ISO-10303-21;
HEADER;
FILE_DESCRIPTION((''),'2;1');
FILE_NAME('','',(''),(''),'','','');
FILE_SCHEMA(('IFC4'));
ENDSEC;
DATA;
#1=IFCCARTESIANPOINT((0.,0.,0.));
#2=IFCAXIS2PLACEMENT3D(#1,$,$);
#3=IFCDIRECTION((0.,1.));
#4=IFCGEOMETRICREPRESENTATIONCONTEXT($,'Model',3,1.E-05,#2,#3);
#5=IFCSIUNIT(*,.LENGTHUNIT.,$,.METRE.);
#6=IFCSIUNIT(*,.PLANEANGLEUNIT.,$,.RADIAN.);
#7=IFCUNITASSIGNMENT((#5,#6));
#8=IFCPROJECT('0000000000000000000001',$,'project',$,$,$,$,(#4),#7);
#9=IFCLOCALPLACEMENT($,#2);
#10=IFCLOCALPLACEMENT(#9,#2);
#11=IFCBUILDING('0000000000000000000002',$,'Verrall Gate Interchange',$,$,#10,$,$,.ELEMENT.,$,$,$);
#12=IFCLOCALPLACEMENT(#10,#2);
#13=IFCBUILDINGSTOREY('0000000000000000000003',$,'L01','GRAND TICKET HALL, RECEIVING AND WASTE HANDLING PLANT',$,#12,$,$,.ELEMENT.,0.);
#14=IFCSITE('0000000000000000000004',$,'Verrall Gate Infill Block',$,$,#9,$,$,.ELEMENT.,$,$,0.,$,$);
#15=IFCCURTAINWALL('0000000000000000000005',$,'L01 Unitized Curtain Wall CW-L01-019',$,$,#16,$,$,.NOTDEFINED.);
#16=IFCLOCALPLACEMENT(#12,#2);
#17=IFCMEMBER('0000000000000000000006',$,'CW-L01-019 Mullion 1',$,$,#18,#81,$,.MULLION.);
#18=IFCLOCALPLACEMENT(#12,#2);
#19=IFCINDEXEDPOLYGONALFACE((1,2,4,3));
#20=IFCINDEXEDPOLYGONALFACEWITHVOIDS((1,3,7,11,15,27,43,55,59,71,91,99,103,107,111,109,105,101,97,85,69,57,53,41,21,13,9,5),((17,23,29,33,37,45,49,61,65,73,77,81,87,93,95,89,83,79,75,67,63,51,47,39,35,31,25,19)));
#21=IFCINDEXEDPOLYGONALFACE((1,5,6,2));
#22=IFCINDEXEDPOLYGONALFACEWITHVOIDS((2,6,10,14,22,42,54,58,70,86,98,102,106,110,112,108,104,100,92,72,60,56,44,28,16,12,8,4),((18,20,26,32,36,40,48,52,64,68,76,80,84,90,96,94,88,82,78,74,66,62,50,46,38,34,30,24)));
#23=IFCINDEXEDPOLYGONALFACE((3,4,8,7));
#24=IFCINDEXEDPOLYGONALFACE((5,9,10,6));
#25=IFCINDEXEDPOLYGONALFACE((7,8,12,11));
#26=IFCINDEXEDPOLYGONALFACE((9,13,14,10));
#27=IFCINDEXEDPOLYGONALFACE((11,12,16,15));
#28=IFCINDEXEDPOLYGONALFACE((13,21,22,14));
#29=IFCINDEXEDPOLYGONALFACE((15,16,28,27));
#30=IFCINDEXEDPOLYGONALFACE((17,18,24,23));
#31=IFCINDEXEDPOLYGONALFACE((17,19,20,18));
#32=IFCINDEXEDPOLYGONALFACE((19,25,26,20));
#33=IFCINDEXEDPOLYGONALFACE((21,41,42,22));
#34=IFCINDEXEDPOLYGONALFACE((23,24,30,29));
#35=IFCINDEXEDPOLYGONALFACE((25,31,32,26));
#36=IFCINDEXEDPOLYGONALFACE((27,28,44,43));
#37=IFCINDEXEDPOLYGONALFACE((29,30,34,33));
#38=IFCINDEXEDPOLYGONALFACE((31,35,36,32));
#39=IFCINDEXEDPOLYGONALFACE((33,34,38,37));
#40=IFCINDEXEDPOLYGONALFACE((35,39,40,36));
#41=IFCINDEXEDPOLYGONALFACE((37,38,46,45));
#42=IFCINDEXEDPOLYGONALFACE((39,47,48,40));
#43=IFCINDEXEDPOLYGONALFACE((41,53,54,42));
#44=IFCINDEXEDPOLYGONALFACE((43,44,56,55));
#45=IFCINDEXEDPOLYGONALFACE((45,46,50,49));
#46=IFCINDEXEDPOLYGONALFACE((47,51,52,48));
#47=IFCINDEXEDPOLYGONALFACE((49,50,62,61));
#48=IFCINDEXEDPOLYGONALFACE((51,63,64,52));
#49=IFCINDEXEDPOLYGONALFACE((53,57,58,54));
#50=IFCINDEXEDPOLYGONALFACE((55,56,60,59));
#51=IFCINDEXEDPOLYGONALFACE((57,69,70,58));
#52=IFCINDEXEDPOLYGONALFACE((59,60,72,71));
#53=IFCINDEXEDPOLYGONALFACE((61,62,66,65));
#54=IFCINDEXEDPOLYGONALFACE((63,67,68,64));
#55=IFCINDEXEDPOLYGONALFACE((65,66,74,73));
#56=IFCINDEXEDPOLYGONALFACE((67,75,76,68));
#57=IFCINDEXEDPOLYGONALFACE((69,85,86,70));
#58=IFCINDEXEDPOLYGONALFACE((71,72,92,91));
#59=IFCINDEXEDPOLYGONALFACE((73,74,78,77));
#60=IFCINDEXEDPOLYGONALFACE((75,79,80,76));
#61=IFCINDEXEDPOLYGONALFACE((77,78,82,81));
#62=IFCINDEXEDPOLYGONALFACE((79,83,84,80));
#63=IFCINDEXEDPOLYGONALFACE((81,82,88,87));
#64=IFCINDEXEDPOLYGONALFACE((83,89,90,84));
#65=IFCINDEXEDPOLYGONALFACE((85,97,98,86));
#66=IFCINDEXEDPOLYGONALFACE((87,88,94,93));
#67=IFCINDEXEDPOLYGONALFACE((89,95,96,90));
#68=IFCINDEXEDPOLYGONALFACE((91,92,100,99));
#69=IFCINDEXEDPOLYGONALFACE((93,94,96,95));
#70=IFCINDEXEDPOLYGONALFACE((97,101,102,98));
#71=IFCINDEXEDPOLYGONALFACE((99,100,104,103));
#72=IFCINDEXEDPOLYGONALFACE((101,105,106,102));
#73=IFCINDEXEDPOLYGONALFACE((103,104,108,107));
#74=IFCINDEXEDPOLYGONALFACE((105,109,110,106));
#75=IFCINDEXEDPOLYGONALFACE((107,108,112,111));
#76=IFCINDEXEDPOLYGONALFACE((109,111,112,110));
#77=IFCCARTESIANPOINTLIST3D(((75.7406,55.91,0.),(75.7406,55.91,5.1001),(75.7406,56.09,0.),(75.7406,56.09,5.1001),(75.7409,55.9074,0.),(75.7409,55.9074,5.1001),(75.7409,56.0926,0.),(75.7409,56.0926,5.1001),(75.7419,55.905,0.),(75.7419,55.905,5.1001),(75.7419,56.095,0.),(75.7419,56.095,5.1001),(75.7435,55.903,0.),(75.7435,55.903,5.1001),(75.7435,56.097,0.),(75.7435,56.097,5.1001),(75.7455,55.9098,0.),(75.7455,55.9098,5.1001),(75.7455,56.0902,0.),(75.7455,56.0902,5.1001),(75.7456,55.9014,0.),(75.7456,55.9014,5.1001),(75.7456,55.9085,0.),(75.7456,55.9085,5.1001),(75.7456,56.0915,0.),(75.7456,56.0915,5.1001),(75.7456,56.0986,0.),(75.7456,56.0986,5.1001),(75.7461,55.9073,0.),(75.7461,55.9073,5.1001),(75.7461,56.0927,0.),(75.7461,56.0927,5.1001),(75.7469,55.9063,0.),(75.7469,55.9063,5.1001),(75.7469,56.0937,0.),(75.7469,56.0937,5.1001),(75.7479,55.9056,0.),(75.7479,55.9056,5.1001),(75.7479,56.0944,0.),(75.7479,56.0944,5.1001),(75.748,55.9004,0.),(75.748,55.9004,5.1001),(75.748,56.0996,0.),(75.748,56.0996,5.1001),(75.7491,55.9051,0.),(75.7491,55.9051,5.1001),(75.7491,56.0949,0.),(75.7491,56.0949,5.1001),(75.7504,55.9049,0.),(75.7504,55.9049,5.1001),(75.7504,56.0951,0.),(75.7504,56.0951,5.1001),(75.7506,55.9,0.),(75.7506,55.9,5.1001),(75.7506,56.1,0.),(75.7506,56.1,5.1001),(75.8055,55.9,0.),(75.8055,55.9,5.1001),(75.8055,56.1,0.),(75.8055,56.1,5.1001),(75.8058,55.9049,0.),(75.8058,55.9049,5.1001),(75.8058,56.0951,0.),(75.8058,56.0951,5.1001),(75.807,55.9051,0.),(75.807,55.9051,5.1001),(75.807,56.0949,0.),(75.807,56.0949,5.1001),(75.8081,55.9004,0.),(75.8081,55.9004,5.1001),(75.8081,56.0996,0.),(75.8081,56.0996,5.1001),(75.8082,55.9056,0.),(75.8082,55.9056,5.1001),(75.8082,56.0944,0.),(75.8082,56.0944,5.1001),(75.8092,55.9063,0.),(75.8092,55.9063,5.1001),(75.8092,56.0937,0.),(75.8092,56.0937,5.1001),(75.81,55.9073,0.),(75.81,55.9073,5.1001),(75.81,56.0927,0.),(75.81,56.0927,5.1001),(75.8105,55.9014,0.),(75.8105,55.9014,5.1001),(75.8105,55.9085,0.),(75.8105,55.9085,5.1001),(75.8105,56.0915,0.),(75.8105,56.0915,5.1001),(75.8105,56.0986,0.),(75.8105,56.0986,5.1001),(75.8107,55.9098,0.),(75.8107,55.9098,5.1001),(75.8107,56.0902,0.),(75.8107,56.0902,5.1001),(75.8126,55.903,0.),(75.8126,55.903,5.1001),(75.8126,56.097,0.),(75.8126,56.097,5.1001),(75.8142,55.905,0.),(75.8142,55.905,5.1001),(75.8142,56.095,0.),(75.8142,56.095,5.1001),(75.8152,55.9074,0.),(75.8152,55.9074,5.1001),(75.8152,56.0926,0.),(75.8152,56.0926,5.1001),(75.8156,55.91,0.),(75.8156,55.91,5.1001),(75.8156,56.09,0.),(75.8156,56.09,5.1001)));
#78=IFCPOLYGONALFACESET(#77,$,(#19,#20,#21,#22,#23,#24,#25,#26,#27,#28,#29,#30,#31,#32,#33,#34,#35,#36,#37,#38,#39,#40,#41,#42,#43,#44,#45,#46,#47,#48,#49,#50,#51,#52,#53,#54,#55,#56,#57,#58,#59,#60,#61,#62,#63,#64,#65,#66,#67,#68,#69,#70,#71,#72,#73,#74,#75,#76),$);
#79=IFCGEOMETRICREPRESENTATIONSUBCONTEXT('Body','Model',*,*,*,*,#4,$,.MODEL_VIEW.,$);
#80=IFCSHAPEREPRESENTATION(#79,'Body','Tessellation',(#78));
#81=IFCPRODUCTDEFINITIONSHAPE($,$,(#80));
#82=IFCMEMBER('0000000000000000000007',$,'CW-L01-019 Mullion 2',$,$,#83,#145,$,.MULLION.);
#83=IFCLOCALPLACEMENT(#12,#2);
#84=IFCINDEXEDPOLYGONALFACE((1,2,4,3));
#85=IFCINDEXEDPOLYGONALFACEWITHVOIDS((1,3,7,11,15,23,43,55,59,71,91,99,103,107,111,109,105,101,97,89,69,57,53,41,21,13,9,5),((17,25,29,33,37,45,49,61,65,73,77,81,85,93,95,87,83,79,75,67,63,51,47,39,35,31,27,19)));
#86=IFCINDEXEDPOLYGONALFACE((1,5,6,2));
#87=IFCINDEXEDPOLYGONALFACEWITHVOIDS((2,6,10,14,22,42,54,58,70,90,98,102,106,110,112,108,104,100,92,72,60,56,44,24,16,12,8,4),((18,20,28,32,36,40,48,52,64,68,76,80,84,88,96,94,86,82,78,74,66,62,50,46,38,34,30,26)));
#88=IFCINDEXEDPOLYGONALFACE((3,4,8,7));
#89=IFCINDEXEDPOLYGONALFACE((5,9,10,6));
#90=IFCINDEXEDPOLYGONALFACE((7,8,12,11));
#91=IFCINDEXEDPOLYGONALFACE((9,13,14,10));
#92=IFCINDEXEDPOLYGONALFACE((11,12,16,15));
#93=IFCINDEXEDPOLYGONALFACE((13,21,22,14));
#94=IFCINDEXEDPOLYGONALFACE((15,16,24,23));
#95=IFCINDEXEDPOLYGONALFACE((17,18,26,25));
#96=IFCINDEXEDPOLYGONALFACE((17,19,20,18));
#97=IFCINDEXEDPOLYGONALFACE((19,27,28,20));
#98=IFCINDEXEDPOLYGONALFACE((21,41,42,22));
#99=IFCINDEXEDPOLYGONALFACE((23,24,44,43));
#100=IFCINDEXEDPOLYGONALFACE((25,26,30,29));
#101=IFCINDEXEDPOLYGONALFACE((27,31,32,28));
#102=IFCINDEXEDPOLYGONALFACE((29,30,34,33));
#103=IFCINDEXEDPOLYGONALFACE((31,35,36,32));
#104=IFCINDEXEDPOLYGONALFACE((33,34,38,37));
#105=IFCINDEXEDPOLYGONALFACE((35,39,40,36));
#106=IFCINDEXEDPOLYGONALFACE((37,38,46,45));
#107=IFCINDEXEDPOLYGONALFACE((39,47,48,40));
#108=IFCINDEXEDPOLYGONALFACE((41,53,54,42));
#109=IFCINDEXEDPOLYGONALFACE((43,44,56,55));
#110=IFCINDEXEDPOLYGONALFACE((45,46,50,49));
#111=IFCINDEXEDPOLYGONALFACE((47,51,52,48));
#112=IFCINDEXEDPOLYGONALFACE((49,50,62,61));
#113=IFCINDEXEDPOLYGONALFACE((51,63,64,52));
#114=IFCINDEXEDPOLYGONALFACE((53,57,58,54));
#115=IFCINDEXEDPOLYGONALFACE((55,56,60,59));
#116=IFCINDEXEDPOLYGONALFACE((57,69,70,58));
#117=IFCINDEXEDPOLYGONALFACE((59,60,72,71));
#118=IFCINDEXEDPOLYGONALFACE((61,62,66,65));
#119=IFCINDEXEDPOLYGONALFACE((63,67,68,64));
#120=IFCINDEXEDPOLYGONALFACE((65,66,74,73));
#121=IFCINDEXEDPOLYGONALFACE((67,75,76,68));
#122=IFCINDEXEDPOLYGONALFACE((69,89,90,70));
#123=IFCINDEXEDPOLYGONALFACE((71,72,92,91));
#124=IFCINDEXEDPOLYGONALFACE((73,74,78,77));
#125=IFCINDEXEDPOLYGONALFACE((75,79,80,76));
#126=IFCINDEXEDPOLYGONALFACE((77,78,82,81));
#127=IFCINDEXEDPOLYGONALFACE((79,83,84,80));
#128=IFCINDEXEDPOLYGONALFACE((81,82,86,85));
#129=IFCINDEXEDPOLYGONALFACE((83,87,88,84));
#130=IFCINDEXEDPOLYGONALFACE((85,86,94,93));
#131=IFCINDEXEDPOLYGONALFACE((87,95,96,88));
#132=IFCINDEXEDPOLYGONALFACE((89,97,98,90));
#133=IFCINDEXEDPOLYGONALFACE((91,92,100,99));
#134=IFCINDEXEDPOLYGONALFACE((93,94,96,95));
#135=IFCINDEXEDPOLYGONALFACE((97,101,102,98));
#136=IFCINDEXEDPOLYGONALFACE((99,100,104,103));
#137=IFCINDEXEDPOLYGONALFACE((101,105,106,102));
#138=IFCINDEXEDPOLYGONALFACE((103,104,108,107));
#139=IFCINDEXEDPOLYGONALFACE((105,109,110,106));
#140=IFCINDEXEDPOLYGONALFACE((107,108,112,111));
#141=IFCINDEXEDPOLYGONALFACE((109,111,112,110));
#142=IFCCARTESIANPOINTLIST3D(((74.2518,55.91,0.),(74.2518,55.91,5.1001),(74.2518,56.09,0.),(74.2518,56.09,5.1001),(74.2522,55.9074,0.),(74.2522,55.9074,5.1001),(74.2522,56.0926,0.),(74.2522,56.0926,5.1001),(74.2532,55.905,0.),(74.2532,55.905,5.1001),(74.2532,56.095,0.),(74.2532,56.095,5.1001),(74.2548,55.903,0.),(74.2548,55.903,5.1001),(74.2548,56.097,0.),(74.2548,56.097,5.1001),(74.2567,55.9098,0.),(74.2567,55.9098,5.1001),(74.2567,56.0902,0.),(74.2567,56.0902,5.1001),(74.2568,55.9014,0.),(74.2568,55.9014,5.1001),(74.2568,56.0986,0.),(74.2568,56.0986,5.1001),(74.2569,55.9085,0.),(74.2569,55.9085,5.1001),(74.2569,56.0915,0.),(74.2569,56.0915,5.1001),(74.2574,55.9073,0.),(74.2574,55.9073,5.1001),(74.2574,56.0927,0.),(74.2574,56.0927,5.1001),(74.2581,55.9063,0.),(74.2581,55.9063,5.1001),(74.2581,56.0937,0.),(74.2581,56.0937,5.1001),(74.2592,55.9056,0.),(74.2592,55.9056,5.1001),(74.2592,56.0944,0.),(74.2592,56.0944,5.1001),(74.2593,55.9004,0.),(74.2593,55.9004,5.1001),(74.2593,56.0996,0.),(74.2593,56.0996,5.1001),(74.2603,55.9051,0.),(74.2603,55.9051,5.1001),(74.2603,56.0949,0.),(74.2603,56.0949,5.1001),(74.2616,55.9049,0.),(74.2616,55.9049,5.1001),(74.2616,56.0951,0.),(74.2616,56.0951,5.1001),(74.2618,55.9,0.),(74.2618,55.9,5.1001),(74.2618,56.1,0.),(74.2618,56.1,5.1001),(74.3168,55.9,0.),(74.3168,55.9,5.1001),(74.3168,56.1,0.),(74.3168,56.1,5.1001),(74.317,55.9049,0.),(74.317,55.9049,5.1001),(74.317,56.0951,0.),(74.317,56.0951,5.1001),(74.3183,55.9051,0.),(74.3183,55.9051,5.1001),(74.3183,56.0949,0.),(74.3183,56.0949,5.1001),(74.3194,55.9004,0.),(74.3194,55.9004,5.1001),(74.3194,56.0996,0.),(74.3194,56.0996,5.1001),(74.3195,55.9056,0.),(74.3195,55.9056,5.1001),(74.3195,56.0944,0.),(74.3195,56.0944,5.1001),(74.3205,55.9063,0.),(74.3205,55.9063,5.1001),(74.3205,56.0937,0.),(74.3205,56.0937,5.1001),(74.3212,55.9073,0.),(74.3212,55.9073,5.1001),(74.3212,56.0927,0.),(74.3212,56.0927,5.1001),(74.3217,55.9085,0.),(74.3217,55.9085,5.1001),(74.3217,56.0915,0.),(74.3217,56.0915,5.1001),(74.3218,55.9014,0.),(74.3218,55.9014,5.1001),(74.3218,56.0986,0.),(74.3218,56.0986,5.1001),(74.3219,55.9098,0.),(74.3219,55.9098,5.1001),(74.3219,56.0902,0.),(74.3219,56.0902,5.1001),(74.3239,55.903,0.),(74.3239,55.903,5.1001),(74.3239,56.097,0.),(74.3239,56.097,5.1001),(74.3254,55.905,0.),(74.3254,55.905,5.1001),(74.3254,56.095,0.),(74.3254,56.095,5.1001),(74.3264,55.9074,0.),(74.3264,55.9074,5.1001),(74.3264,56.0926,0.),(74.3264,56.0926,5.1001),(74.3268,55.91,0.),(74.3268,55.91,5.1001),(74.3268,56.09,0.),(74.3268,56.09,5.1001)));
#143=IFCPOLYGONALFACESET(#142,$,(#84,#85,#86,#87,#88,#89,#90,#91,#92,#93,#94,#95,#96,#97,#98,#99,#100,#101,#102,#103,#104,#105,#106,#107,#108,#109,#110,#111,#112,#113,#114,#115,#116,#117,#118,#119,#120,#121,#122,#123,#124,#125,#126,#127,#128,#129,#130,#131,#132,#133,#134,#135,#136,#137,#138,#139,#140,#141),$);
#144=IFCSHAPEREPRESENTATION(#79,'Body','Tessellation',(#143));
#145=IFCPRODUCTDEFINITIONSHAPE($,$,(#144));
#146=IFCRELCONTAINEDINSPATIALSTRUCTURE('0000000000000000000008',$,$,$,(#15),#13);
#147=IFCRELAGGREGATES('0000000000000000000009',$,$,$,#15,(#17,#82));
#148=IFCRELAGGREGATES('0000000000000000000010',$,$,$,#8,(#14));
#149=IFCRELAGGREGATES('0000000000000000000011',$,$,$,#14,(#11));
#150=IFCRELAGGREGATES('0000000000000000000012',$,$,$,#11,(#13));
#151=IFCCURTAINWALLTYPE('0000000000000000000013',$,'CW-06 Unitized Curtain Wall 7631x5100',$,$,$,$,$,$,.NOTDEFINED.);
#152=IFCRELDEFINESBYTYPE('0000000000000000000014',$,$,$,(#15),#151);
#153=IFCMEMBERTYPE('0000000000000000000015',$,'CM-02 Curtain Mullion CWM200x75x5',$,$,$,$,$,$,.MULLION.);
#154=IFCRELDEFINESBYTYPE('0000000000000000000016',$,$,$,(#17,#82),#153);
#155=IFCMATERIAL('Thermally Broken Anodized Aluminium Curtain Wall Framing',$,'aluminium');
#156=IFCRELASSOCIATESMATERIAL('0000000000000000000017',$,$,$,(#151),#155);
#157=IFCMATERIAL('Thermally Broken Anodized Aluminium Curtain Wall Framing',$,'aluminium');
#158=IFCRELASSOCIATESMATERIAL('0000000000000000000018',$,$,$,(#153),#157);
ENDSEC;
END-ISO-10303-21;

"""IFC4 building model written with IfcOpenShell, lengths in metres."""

from ifc_helpers import new_model, si_unit, direction, frame, origin, origin_2d, place, context, subcontext, project, spatial, hollow_rectangle, extrude, material, material_profile, profile_set, type_object, element, aggregate, save


model = new_model("IFC4")

# Units and contexts
model_context = context("Model", 3, precision=1e-05, world=origin(), true_north=direction((0.0, 1.0)))
body_context = subcontext(model_context, "Body", "Model", "MODEL_VIEW")
ifc_project = project(units=[si_unit("LENGTHUNIT", "METRE"), si_unit("PLANEANGLEUNIT", "RADIAN")], contexts=[model_context])

# Site, building, storey
site_placement = place(None, origin())
site = spatial("IfcSite", under=ifc_project, at=site_placement, Name="Verrall Gate Infill Block", CompositionType="ELEMENT", RefElevation=0.0)
building_placement = place(site_placement, origin())
building = spatial("IfcBuilding", under=site, at=building_placement, Name="Verrall Gate Interchange", CompositionType="ELEMENT")
storey_placement = place(building_placement, origin())
storey = spatial("IfcBuildingStorey", under=building, at=storey_placement, Name="L01", Description="GRAND TICKET HALL, RECEIVING AND WASTE HANDLING PLANT", CompositionType="ELEMENT", Elevation=0.0)

# Curtain wall, members
ifc_material_1 = material(Name="Thermally Broken Anodized Aluminium Curtain Wall Framing", Category="aluminium")
curtain_wall_type = type_object("IfcCurtainWallType", Name="CW-06 Unitized Curtain Wall 7631x5100", PredefinedType="NOTDEFINED", material=ifc_material_1)
curtain_wall_placement = place(storey_placement, origin())
curtain_wall = element("IfcCurtainWall", 1, at=curtain_wall_placement, inside=storey, type_object=curtain_wall_type, Name="L01 Unitized Curtain Wall CW-L01-019", PredefinedType="NOTDEFINED")
ifc_material_2 = material(Name="Thermally Broken Anodized Aluminium Curtain Wall Framing", Category="aluminium")
ifc_material_profile_1 = material_profile(ifc_material_2, hollow_rectangle(XDim=0.075, YDim=0.2, WallThickness=0.0049, InnerFilletRadius=0.0049, OuterFilletRadius=0.01, at=origin_2d()), Name="CWM200x75x5")
ifc_profile_set_1 = profile_set([ifc_material_profile_1], Name="Thermally Broken Anodized Aluminium Curtain Wall Framing")
member_type_1 = type_object("IfcMemberType", Name="CM-02 Curtain Mullion CWM200x75x5", PredefinedType="MULLION", material=ifc_profile_set_1)
member_1_placement = place(storey_placement, frame((75.7781, 56.0, 0.0), z_axis=(0.0, 0.0, 1.0), x_axis=(-1.0, 0.0, 0.0)))
member_1 = element("IfcMember", 2, at=member_1_placement, type_object=member_type_1, Name="CW-L01-019 Mullion 1", PredefinedType="MULLION", context=body_context, shape_type="SweptSolid", body=[
    extrude(hollow_rectangle(XDim=0.075, YDim=0.2, WallThickness=0.0049, InnerFilletRadius=0.0049, OuterFilletRadius=0.01, at=origin_2d()), origin(), (0.0, 0.0, 1.0), 5.1001),
])
member_2_placement = place(storey_placement, frame((74.2893, 56.0, 0.0), z_axis=(0.0, 0.0, 1.0), x_axis=(-1.0, 0.0, 0.0)))
member_2 = element("IfcMember", 3, at=member_2_placement, type_object=member_type_1, Name="CW-L01-019 Mullion 2", PredefinedType="MULLION", context=body_context, shape_type="SweptSolid", body=[
    extrude(hollow_rectangle(XDim=0.075, YDim=0.2, WallThickness=0.0049, InnerFilletRadius=0.0049, OuterFilletRadius=0.01, at=origin_2d()), origin(), (0.0, 0.0, 1.0), 5.1001),
])

aggregate(curtain_wall, [member_1, member_2])

save(model, "model.ifc")
